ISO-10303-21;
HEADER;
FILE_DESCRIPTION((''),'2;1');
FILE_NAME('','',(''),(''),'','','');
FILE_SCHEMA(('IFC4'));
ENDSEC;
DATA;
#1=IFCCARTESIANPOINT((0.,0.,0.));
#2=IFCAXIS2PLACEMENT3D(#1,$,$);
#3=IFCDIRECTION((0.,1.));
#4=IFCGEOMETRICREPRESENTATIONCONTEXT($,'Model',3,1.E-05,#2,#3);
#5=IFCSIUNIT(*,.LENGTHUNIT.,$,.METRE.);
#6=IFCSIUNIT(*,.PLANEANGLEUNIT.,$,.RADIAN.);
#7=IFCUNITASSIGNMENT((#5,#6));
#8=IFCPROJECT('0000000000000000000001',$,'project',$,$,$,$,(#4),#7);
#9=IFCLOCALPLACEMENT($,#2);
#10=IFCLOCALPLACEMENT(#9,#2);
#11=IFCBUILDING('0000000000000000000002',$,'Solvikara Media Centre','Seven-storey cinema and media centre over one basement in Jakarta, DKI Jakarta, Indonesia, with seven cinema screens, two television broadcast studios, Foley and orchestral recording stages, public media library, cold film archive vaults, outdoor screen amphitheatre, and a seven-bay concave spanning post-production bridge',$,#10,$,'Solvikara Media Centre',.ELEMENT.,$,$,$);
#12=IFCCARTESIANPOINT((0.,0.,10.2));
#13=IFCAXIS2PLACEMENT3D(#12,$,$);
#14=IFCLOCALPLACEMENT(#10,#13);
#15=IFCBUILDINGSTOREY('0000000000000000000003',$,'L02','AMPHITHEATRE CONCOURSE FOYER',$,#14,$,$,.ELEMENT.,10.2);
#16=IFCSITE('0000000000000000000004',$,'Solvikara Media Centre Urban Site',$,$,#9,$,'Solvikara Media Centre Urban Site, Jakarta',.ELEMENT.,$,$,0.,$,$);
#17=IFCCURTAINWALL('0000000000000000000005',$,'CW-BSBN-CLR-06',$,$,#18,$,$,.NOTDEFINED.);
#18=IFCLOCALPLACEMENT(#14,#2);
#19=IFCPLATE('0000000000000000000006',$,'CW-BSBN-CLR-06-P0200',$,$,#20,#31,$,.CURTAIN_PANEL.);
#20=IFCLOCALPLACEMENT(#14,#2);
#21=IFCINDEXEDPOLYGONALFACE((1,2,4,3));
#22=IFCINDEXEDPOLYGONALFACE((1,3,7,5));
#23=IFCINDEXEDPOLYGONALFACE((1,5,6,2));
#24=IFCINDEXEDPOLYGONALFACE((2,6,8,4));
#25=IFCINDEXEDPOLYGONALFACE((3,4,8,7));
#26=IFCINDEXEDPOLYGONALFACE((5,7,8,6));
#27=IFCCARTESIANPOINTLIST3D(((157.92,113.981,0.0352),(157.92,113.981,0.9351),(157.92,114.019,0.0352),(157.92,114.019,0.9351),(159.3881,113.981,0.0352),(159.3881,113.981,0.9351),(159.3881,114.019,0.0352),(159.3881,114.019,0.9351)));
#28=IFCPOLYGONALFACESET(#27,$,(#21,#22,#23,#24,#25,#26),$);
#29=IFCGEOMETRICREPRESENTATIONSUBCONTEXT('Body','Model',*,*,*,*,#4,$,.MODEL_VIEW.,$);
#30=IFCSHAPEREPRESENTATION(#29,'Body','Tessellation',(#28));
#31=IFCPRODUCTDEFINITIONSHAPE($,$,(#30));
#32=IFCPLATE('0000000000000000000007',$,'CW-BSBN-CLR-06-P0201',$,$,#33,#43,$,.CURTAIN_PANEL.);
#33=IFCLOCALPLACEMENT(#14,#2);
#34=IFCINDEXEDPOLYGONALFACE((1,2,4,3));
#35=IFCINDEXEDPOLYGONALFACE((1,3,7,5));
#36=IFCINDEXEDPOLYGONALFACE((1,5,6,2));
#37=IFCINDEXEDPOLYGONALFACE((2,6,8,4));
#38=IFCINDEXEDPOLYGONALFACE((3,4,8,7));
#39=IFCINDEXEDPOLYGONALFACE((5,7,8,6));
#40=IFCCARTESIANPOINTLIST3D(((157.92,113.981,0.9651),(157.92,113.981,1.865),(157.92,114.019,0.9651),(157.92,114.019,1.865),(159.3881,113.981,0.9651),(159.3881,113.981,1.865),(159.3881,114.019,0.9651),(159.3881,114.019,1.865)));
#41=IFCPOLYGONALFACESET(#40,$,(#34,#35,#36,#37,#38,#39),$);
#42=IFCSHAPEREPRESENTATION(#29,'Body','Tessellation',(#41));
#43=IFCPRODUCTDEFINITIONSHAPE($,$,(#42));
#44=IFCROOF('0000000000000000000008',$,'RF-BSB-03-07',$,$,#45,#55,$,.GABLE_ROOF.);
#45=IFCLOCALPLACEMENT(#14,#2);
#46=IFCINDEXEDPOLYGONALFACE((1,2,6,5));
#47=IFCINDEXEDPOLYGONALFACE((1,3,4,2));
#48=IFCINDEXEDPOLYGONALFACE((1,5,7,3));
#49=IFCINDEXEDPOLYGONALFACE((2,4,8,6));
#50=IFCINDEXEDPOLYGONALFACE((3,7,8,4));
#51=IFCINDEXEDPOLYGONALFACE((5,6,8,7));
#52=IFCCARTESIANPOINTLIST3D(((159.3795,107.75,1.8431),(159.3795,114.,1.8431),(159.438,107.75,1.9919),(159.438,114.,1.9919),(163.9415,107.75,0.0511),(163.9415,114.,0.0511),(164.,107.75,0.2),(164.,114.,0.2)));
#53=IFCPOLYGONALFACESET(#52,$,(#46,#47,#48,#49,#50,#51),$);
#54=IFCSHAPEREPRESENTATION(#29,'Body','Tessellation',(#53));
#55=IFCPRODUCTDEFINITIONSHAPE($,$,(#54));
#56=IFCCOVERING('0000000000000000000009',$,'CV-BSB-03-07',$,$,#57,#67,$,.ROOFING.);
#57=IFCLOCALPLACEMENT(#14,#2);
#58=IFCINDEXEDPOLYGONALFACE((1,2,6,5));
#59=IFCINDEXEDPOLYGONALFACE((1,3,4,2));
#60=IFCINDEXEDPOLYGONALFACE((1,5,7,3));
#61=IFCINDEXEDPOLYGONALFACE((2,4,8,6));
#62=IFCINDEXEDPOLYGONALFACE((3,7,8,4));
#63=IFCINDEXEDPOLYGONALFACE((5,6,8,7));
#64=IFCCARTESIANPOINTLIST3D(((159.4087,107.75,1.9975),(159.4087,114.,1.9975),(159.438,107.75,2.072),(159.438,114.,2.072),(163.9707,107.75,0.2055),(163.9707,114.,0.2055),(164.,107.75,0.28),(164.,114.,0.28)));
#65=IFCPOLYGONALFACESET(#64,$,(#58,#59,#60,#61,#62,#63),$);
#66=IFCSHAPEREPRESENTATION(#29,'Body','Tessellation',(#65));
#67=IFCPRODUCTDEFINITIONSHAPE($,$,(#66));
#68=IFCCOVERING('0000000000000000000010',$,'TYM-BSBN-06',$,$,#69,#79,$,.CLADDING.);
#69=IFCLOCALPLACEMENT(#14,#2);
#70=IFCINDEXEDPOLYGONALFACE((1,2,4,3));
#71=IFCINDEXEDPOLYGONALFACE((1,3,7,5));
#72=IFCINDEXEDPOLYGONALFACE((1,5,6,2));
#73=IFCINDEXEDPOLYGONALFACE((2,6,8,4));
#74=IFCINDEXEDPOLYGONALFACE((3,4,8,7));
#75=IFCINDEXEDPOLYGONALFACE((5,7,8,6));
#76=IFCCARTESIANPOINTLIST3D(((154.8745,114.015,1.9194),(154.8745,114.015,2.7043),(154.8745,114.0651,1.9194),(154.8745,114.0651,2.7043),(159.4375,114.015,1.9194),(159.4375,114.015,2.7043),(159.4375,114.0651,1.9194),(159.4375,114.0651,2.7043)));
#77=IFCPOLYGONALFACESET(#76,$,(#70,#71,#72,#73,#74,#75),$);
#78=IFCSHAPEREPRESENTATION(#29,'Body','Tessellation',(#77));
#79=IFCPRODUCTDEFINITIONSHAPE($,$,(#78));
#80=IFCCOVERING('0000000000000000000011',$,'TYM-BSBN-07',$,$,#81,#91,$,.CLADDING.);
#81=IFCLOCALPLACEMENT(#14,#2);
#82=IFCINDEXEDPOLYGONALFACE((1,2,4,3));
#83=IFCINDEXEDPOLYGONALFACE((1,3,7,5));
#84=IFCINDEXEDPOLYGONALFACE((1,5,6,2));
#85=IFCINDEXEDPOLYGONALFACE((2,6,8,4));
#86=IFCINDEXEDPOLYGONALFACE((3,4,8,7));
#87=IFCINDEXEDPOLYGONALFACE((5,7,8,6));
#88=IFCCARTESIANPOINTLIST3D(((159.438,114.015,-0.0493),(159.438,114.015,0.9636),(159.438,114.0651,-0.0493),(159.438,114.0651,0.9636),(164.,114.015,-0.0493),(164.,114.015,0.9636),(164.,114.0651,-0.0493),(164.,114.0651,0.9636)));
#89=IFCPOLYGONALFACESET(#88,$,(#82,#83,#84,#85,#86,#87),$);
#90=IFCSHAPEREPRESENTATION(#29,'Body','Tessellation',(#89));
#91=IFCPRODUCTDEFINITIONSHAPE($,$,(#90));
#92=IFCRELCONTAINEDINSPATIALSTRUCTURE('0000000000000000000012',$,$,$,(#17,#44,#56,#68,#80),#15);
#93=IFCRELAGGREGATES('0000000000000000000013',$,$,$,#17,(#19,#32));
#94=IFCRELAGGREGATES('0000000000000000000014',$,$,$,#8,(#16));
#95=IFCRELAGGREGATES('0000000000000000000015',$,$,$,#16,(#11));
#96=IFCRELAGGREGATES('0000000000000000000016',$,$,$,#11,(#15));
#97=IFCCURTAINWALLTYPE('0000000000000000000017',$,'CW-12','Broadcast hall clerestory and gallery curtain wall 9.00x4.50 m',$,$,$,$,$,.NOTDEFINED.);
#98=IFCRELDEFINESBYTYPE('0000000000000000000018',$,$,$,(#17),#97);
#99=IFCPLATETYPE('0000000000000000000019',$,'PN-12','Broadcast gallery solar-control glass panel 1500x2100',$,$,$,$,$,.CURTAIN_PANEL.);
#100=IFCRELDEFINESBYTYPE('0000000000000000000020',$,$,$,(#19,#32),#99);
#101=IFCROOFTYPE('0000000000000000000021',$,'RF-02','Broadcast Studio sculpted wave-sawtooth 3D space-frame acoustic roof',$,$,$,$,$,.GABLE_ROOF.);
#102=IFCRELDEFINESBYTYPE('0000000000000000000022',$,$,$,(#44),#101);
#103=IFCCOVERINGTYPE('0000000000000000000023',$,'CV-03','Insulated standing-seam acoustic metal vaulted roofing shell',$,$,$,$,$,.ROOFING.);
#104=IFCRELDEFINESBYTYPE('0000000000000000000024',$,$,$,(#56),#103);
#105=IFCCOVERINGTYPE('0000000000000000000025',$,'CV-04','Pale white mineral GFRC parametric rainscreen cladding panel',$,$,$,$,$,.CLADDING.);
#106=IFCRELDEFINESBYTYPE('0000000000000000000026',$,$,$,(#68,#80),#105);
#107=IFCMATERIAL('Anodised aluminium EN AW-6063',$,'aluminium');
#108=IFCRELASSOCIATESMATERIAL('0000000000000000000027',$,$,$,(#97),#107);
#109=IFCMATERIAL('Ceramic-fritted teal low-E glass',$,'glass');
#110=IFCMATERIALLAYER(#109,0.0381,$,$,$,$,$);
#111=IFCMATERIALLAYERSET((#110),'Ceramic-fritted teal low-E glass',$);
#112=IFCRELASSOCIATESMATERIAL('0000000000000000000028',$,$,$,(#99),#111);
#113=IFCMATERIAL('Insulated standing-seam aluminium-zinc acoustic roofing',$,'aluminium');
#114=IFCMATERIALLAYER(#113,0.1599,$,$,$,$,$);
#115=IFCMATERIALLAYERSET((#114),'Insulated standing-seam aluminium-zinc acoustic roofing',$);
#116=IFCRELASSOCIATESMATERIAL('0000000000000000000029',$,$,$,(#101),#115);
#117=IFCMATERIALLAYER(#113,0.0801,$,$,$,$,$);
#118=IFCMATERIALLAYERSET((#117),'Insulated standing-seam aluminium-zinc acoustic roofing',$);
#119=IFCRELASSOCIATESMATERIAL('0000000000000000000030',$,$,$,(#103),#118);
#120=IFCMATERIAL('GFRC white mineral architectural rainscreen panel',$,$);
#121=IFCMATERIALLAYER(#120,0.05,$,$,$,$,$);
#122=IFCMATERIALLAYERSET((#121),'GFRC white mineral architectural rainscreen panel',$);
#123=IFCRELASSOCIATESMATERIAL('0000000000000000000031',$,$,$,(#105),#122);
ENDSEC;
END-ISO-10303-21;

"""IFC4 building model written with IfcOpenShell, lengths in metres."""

from ifc_helpers import new_model, si_unit, direction, frame, origin, origin_2d, place, context, subcontext, project, spatial, polyline, rectangle, outline, extrude, material, layer, layer_set, type_object, element, aggregate, save


model = new_model("IFC4")

# Units and contexts
model_context = context("Model", 3, precision=1e-05, world=origin(), true_north=direction((0.0, 1.0)))
body_context = subcontext(model_context, "Body", "Model", "MODEL_VIEW")
ifc_project = project(units=[si_unit("LENGTHUNIT", "METRE"), si_unit("PLANEANGLEUNIT", "RADIAN")], contexts=[model_context])

# Site, building, storey
site_placement = place(None, origin())
site = spatial("IfcSite", under=ifc_project, at=site_placement, Name="Solvikara Media Centre Urban Site", LongName="Solvikara Media Centre Urban Site, Jakarta", CompositionType="ELEMENT", RefElevation=0.0)
building_placement = place(site_placement, origin())
building = spatial("IfcBuilding", under=site, at=building_placement, Name="Solvikara Media Centre", Description="Seven-storey cinema and media centre over one basement in Jakarta, DKI Jakarta, Indonesia, with seven cinema screens, two television broadcast studios, Foley and orchestral recording stages, public media library, cold film archive vaults, outdoor screen amphitheatre, and a seven-bay concave spanning post-production bridge", LongName="Solvikara Media Centre", CompositionType="ELEMENT")
storey_placement = place(building_placement, frame((0.0, 0.0, 10.2)))
storey = spatial("IfcBuildingStorey", under=building, at=storey_placement, Name="L02", Description="AMPHITHEATRE CONCOURSE FOYER", CompositionType="ELEMENT", Elevation=10.2)

# Curtain wall
ifc_material_1 = material(Name="Anodised aluminium EN AW-6063", Category="aluminium")
curtain_wall_type = type_object("IfcCurtainWallType", Name="CW-12", Description="Broadcast hall clerestory and gallery curtain wall 9.00x4.50 m", PredefinedType="NOTDEFINED", material=ifc_material_1)
curtain_wall_placement = place(storey_placement, origin())
curtain_wall = element("IfcCurtainWall", 1, at=curtain_wall_placement, inside=storey, type_object=curtain_wall_type, Name="CW-BSBN-CLR-06", PredefinedType="NOTDEFINED")

# Plates
ifc_material_2 = material(Name="Ceramic-fritted teal low-E glass", Category="glass")
ifc_layer_1 = layer(ifc_material_2, 0.0381)
ifc_layer_set_1 = layer_set([ifc_layer_1], Name="Ceramic-fritted teal low-E glass")
plate_type_1 = type_object("IfcPlateType", Name="PN-12", Description="Broadcast gallery solar-control glass panel 1500x2100", PredefinedType="CURTAIN_PANEL", material=ifc_layer_set_1)
plate_1_placement = place(storey_placement, frame((158.6541, 114.0, 0.0352), z_axis=(0.0, 0.0, 1.0), x_axis=(1.0, 0.0, 0.0)))
plate_1 = element("IfcPlate", 2, at=plate_1_placement, type_object=plate_type_1, Name="CW-BSBN-CLR-06-P0200", PredefinedType="CURTAIN_PANEL", context=body_context, shape_type="SweptSolid", body=[
    extrude(rectangle(XDim=1.468, YDim=0.0381, at=origin_2d()), origin(), (0.0, 0.0, 1.0), 0.8999),
])
plate_2_placement = place(storey_placement, frame((158.6541, 114.0, 0.9651), z_axis=(0.0, 0.0, 1.0), x_axis=(1.0, 0.0, 0.0)))
plate_2 = element("IfcPlate", 3, at=plate_2_placement, type_object=plate_type_1, Name="CW-BSBN-CLR-06-P0201", PredefinedType="CURTAIN_PANEL", context=body_context, shape_type="SweptSolid", body=[
    extrude(rectangle(XDim=1.468, YDim=0.0381, at=origin_2d()), origin(), (0.0, 0.0, 1.0), 0.8999),
])
aggregate(curtain_wall, [plate_1, plate_2])

# Roof
ifc_material_3 = material(Name="Insulated standing-seam aluminium-zinc acoustic roofing", Category="aluminium")
ifc_layer_2 = layer(ifc_material_3, 0.1599)
ifc_layer_set_2 = layer_set([ifc_layer_2], Name="Insulated standing-seam aluminium-zinc acoustic roofing")
roof_type = type_object("IfcRoofType", Name="RF-02", Description="Broadcast Studio sculpted wave-sawtooth 3D space-frame acoustic roof", PredefinedType="GABLE_ROOF", material=ifc_layer_set_2)
roof_placement = place(storey_placement, frame((159.438, 107.75, 1.9919), z_axis=(0.365612, 0.0, 0.930767), x_axis=(0.930767, 0.0, -0.365612)))
element("IfcRoof", 4, at=roof_placement, inside=storey, type_object=roof_type, Name="RF-BSB-03-07", PredefinedType="GABLE_ROOF", context=body_context, shape_type="SweptSolid", body=[
    extrude(outline(polyline([(0.0, 0.0), (4.9013, 0.0), (4.9013, 6.25), (0.0, 6.25), (0.0, 0.0)])), origin(), (0.0, 0.0, -1.0), 0.1599),
])

# Coverings
ifc_layer_3 = layer(ifc_material_3, 0.0801)
ifc_layer_set_3 = layer_set([ifc_layer_3], Name="Insulated standing-seam aluminium-zinc acoustic roofing")
covering_type_1 = type_object("IfcCoveringType", Name="CV-03", Description="Insulated standing-seam acoustic metal vaulted roofing shell", PredefinedType="ROOFING", material=ifc_layer_set_3)
covering_1_placement = place(storey_placement, frame((159.438, 107.75, 2.072), z_axis=(0.365612, 0.0, 0.930767), x_axis=(0.930767, 0.0, -0.365612)))
element("IfcCovering", 5, at=covering_1_placement, inside=storey, type_object=covering_type_1, Name="CV-BSB-03-07", PredefinedType="ROOFING", context=body_context, shape_type="SweptSolid", body=[
    extrude(outline(polyline([(0.0, 0.0), (4.9013, 0.0), (4.9013, 6.25), (0.0, 6.25), (0.0, 0.0)])), origin(), (0.0, 0.0, -1.0), 0.0801),
])
ifc_material_4 = material(Name="GFRC white mineral architectural rainscreen panel")
ifc_layer_4 = layer(ifc_material_4, 0.05)
ifc_layer_set_4 = layer_set([ifc_layer_4], Name="GFRC white mineral architectural rainscreen panel")
covering_type_2 = type_object("IfcCoveringType", Name="CV-04", Description="Pale white mineral GFRC parametric rainscreen cladding panel", PredefinedType="CLADDING", material=ifc_layer_set_4)
covering_2_placement = place(storey_placement, frame((157.156, 114.04, 1.9194), z_axis=(0.0, 0.0, 1.0), x_axis=(1.0, 0.0, 0.0)))
element("IfcCovering", 6, at=covering_2_placement, inside=storey, type_object=covering_type_2, Name="TYM-BSBN-06", PredefinedType="CLADDING", context=body_context, shape_type="SweptSolid", body=[
    extrude(rectangle(XDim=4.563, YDim=0.05, at=origin_2d()), origin(), (0.0, 0.0, 1.0), 0.7849),
])
covering_3_placement = place(storey_placement, frame((161.719, 114.04, -0.0493), z_axis=(0.0, 0.0, 1.0), x_axis=(1.0, 0.0, 0.0)))
element("IfcCovering", 7, at=covering_3_placement, inside=storey, type_object=covering_type_2, Name="TYM-BSBN-07", PredefinedType="CLADDING", context=body_context, shape_type="SweptSolid", body=[
    extrude(rectangle(XDim=4.562, YDim=0.05, at=origin_2d()), origin(), (0.0, 0.0, 1.0), 1.0129),
])

save(model, "model.ifc")
